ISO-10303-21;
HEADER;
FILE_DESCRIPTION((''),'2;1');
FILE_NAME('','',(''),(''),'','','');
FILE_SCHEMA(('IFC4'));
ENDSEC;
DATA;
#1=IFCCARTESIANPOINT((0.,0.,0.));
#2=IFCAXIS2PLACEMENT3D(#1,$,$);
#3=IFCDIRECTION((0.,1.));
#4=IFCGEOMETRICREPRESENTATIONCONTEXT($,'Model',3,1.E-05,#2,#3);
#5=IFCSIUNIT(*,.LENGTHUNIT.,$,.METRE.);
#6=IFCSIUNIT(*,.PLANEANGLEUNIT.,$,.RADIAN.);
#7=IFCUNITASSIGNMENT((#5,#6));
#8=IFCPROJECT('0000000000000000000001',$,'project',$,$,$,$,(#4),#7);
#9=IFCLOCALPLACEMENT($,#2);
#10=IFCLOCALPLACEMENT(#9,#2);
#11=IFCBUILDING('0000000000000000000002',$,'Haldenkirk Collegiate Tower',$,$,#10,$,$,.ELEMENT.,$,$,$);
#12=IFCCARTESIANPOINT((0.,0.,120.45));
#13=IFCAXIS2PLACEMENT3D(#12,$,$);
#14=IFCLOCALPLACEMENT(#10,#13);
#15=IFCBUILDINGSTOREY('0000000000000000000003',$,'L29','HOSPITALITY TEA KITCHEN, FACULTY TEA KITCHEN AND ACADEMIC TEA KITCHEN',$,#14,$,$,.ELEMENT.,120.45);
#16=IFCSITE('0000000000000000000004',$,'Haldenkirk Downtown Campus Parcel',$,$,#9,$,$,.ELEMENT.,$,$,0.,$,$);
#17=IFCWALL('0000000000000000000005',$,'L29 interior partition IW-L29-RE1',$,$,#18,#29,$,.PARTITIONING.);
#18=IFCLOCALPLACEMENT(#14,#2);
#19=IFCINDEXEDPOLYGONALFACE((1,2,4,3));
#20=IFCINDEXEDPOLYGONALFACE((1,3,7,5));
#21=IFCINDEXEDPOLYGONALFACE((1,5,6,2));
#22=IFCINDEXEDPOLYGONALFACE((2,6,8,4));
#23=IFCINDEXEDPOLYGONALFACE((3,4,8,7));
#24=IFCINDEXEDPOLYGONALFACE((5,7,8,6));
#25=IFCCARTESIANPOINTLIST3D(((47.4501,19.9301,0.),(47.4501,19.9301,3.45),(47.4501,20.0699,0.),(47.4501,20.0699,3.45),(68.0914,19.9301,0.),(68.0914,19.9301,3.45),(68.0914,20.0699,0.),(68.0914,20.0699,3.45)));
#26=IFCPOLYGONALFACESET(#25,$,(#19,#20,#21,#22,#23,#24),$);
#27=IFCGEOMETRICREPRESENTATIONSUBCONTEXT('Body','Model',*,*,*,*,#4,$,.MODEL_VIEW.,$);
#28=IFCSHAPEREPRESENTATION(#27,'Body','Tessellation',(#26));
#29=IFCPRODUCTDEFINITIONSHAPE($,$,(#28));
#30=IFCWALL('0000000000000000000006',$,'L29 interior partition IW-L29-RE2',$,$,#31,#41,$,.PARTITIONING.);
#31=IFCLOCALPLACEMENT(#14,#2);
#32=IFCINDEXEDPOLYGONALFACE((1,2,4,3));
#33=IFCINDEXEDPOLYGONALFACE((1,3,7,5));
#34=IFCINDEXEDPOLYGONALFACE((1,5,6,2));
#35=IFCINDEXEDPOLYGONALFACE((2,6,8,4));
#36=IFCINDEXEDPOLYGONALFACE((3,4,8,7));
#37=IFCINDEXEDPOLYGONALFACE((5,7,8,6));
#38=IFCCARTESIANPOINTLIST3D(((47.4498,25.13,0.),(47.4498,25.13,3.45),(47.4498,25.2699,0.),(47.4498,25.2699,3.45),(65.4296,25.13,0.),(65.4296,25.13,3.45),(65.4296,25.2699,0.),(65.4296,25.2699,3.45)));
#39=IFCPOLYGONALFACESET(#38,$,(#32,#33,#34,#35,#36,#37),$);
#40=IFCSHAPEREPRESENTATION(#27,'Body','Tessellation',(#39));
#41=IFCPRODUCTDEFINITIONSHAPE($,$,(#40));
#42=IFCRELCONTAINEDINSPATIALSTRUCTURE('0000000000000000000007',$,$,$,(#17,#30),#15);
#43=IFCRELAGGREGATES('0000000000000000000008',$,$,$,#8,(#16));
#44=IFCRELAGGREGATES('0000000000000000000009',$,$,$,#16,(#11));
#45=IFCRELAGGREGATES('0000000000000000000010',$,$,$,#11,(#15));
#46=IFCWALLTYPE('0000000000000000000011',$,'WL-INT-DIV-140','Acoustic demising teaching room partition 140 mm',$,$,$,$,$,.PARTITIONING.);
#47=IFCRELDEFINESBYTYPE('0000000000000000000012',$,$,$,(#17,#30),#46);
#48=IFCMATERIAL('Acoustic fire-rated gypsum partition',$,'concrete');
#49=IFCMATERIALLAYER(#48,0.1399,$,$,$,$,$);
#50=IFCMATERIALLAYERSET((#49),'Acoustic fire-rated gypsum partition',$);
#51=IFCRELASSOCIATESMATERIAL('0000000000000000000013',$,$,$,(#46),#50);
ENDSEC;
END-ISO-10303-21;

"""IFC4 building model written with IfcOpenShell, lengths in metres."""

from ifc_helpers import new_model, si_unit, direction, frame, frame_2d, origin, place, context, subcontext, project, spatial, rectangle, extrude, material, layer, layer_set, type_object, element, save


model = new_model("IFC4")

# Units and contexts
model_context = context("Model", 3, precision=1e-05, world=origin(), true_north=direction((0.0, 1.0)))
body_context = subcontext(model_context, "Body", "Model", "MODEL_VIEW")
ifc_project = project(units=[si_unit("LENGTHUNIT", "METRE"), si_unit("PLANEANGLEUNIT", "RADIAN")], contexts=[model_context])

# Site, building, storey
site_placement = place(None, origin())
site = spatial("IfcSite", under=ifc_project, at=site_placement, Name="Haldenkirk Downtown Campus Parcel", CompositionType="ELEMENT", RefElevation=0.0)
building_placement = place(site_placement, origin())
building = spatial("IfcBuilding", under=site, at=building_placement, Name="Haldenkirk Collegiate Tower", CompositionType="ELEMENT")
storey_placement = place(building_placement, frame((0.0, 0.0, 120.45)))
storey = spatial("IfcBuildingStorey", under=building, at=storey_placement, Name="L29", Description="HOSPITALITY TEA KITCHEN, FACULTY TEA KITCHEN AND ACADEMIC TEA KITCHEN", CompositionType="ELEMENT", Elevation=120.45)

# Shared definitions
ifc_material_1 = material(Name="Acoustic fire-rated gypsum partition", Category="concrete")

# Walls
ifc_layer_1 = layer(ifc_material_1, 0.1399)
ifc_layer_set_1 = layer_set([ifc_layer_1], Name="Acoustic fire-rated gypsum partition")
wall_type_1 = type_object("IfcWallType", Name="WL-INT-DIV-140", Description="Acoustic demising teaching room partition 140 mm", PredefinedType="PARTITIONING", material=ifc_layer_set_1)
wall_1_placement = place(storey_placement, frame((47.45, 20.0, 0.0), z_axis=(0.0, 0.0, 1.0), x_axis=(1.0, 0.0, 0.0)))
element("IfcWall", 1, at=wall_1_placement, inside=storey, type_object=wall_type_1, Name="L29 interior partition IW-L29-RE1", PredefinedType="PARTITIONING", context=body_context, shape_type="SweptSolid", body=[
    extrude(rectangle(XDim=20.6414, YDim=0.1399, at=frame_2d((10.3208, 0.0))), origin(), (0.0, 0.0, 1.0), 3.45),
])
wall_2_placement = place(storey_placement, frame((47.45, 25.2, 0.0), z_axis=(0.0, 0.0, 1.0), x_axis=(1.0, 0.0, 0.0)))
element("IfcWall", 2, at=wall_2_placement, inside=storey, type_object=wall_type_1, Name="L29 interior partition IW-L29-RE2", PredefinedType="PARTITIONING", context=body_context, shape_type="SweptSolid", body=[
    extrude(rectangle(XDim=17.9797, YDim=0.1399, at=frame_2d((8.9897, 0.0))), origin(), (0.0, 0.0, 1.0), 3.45),
])

save(model, "model.ifc")
